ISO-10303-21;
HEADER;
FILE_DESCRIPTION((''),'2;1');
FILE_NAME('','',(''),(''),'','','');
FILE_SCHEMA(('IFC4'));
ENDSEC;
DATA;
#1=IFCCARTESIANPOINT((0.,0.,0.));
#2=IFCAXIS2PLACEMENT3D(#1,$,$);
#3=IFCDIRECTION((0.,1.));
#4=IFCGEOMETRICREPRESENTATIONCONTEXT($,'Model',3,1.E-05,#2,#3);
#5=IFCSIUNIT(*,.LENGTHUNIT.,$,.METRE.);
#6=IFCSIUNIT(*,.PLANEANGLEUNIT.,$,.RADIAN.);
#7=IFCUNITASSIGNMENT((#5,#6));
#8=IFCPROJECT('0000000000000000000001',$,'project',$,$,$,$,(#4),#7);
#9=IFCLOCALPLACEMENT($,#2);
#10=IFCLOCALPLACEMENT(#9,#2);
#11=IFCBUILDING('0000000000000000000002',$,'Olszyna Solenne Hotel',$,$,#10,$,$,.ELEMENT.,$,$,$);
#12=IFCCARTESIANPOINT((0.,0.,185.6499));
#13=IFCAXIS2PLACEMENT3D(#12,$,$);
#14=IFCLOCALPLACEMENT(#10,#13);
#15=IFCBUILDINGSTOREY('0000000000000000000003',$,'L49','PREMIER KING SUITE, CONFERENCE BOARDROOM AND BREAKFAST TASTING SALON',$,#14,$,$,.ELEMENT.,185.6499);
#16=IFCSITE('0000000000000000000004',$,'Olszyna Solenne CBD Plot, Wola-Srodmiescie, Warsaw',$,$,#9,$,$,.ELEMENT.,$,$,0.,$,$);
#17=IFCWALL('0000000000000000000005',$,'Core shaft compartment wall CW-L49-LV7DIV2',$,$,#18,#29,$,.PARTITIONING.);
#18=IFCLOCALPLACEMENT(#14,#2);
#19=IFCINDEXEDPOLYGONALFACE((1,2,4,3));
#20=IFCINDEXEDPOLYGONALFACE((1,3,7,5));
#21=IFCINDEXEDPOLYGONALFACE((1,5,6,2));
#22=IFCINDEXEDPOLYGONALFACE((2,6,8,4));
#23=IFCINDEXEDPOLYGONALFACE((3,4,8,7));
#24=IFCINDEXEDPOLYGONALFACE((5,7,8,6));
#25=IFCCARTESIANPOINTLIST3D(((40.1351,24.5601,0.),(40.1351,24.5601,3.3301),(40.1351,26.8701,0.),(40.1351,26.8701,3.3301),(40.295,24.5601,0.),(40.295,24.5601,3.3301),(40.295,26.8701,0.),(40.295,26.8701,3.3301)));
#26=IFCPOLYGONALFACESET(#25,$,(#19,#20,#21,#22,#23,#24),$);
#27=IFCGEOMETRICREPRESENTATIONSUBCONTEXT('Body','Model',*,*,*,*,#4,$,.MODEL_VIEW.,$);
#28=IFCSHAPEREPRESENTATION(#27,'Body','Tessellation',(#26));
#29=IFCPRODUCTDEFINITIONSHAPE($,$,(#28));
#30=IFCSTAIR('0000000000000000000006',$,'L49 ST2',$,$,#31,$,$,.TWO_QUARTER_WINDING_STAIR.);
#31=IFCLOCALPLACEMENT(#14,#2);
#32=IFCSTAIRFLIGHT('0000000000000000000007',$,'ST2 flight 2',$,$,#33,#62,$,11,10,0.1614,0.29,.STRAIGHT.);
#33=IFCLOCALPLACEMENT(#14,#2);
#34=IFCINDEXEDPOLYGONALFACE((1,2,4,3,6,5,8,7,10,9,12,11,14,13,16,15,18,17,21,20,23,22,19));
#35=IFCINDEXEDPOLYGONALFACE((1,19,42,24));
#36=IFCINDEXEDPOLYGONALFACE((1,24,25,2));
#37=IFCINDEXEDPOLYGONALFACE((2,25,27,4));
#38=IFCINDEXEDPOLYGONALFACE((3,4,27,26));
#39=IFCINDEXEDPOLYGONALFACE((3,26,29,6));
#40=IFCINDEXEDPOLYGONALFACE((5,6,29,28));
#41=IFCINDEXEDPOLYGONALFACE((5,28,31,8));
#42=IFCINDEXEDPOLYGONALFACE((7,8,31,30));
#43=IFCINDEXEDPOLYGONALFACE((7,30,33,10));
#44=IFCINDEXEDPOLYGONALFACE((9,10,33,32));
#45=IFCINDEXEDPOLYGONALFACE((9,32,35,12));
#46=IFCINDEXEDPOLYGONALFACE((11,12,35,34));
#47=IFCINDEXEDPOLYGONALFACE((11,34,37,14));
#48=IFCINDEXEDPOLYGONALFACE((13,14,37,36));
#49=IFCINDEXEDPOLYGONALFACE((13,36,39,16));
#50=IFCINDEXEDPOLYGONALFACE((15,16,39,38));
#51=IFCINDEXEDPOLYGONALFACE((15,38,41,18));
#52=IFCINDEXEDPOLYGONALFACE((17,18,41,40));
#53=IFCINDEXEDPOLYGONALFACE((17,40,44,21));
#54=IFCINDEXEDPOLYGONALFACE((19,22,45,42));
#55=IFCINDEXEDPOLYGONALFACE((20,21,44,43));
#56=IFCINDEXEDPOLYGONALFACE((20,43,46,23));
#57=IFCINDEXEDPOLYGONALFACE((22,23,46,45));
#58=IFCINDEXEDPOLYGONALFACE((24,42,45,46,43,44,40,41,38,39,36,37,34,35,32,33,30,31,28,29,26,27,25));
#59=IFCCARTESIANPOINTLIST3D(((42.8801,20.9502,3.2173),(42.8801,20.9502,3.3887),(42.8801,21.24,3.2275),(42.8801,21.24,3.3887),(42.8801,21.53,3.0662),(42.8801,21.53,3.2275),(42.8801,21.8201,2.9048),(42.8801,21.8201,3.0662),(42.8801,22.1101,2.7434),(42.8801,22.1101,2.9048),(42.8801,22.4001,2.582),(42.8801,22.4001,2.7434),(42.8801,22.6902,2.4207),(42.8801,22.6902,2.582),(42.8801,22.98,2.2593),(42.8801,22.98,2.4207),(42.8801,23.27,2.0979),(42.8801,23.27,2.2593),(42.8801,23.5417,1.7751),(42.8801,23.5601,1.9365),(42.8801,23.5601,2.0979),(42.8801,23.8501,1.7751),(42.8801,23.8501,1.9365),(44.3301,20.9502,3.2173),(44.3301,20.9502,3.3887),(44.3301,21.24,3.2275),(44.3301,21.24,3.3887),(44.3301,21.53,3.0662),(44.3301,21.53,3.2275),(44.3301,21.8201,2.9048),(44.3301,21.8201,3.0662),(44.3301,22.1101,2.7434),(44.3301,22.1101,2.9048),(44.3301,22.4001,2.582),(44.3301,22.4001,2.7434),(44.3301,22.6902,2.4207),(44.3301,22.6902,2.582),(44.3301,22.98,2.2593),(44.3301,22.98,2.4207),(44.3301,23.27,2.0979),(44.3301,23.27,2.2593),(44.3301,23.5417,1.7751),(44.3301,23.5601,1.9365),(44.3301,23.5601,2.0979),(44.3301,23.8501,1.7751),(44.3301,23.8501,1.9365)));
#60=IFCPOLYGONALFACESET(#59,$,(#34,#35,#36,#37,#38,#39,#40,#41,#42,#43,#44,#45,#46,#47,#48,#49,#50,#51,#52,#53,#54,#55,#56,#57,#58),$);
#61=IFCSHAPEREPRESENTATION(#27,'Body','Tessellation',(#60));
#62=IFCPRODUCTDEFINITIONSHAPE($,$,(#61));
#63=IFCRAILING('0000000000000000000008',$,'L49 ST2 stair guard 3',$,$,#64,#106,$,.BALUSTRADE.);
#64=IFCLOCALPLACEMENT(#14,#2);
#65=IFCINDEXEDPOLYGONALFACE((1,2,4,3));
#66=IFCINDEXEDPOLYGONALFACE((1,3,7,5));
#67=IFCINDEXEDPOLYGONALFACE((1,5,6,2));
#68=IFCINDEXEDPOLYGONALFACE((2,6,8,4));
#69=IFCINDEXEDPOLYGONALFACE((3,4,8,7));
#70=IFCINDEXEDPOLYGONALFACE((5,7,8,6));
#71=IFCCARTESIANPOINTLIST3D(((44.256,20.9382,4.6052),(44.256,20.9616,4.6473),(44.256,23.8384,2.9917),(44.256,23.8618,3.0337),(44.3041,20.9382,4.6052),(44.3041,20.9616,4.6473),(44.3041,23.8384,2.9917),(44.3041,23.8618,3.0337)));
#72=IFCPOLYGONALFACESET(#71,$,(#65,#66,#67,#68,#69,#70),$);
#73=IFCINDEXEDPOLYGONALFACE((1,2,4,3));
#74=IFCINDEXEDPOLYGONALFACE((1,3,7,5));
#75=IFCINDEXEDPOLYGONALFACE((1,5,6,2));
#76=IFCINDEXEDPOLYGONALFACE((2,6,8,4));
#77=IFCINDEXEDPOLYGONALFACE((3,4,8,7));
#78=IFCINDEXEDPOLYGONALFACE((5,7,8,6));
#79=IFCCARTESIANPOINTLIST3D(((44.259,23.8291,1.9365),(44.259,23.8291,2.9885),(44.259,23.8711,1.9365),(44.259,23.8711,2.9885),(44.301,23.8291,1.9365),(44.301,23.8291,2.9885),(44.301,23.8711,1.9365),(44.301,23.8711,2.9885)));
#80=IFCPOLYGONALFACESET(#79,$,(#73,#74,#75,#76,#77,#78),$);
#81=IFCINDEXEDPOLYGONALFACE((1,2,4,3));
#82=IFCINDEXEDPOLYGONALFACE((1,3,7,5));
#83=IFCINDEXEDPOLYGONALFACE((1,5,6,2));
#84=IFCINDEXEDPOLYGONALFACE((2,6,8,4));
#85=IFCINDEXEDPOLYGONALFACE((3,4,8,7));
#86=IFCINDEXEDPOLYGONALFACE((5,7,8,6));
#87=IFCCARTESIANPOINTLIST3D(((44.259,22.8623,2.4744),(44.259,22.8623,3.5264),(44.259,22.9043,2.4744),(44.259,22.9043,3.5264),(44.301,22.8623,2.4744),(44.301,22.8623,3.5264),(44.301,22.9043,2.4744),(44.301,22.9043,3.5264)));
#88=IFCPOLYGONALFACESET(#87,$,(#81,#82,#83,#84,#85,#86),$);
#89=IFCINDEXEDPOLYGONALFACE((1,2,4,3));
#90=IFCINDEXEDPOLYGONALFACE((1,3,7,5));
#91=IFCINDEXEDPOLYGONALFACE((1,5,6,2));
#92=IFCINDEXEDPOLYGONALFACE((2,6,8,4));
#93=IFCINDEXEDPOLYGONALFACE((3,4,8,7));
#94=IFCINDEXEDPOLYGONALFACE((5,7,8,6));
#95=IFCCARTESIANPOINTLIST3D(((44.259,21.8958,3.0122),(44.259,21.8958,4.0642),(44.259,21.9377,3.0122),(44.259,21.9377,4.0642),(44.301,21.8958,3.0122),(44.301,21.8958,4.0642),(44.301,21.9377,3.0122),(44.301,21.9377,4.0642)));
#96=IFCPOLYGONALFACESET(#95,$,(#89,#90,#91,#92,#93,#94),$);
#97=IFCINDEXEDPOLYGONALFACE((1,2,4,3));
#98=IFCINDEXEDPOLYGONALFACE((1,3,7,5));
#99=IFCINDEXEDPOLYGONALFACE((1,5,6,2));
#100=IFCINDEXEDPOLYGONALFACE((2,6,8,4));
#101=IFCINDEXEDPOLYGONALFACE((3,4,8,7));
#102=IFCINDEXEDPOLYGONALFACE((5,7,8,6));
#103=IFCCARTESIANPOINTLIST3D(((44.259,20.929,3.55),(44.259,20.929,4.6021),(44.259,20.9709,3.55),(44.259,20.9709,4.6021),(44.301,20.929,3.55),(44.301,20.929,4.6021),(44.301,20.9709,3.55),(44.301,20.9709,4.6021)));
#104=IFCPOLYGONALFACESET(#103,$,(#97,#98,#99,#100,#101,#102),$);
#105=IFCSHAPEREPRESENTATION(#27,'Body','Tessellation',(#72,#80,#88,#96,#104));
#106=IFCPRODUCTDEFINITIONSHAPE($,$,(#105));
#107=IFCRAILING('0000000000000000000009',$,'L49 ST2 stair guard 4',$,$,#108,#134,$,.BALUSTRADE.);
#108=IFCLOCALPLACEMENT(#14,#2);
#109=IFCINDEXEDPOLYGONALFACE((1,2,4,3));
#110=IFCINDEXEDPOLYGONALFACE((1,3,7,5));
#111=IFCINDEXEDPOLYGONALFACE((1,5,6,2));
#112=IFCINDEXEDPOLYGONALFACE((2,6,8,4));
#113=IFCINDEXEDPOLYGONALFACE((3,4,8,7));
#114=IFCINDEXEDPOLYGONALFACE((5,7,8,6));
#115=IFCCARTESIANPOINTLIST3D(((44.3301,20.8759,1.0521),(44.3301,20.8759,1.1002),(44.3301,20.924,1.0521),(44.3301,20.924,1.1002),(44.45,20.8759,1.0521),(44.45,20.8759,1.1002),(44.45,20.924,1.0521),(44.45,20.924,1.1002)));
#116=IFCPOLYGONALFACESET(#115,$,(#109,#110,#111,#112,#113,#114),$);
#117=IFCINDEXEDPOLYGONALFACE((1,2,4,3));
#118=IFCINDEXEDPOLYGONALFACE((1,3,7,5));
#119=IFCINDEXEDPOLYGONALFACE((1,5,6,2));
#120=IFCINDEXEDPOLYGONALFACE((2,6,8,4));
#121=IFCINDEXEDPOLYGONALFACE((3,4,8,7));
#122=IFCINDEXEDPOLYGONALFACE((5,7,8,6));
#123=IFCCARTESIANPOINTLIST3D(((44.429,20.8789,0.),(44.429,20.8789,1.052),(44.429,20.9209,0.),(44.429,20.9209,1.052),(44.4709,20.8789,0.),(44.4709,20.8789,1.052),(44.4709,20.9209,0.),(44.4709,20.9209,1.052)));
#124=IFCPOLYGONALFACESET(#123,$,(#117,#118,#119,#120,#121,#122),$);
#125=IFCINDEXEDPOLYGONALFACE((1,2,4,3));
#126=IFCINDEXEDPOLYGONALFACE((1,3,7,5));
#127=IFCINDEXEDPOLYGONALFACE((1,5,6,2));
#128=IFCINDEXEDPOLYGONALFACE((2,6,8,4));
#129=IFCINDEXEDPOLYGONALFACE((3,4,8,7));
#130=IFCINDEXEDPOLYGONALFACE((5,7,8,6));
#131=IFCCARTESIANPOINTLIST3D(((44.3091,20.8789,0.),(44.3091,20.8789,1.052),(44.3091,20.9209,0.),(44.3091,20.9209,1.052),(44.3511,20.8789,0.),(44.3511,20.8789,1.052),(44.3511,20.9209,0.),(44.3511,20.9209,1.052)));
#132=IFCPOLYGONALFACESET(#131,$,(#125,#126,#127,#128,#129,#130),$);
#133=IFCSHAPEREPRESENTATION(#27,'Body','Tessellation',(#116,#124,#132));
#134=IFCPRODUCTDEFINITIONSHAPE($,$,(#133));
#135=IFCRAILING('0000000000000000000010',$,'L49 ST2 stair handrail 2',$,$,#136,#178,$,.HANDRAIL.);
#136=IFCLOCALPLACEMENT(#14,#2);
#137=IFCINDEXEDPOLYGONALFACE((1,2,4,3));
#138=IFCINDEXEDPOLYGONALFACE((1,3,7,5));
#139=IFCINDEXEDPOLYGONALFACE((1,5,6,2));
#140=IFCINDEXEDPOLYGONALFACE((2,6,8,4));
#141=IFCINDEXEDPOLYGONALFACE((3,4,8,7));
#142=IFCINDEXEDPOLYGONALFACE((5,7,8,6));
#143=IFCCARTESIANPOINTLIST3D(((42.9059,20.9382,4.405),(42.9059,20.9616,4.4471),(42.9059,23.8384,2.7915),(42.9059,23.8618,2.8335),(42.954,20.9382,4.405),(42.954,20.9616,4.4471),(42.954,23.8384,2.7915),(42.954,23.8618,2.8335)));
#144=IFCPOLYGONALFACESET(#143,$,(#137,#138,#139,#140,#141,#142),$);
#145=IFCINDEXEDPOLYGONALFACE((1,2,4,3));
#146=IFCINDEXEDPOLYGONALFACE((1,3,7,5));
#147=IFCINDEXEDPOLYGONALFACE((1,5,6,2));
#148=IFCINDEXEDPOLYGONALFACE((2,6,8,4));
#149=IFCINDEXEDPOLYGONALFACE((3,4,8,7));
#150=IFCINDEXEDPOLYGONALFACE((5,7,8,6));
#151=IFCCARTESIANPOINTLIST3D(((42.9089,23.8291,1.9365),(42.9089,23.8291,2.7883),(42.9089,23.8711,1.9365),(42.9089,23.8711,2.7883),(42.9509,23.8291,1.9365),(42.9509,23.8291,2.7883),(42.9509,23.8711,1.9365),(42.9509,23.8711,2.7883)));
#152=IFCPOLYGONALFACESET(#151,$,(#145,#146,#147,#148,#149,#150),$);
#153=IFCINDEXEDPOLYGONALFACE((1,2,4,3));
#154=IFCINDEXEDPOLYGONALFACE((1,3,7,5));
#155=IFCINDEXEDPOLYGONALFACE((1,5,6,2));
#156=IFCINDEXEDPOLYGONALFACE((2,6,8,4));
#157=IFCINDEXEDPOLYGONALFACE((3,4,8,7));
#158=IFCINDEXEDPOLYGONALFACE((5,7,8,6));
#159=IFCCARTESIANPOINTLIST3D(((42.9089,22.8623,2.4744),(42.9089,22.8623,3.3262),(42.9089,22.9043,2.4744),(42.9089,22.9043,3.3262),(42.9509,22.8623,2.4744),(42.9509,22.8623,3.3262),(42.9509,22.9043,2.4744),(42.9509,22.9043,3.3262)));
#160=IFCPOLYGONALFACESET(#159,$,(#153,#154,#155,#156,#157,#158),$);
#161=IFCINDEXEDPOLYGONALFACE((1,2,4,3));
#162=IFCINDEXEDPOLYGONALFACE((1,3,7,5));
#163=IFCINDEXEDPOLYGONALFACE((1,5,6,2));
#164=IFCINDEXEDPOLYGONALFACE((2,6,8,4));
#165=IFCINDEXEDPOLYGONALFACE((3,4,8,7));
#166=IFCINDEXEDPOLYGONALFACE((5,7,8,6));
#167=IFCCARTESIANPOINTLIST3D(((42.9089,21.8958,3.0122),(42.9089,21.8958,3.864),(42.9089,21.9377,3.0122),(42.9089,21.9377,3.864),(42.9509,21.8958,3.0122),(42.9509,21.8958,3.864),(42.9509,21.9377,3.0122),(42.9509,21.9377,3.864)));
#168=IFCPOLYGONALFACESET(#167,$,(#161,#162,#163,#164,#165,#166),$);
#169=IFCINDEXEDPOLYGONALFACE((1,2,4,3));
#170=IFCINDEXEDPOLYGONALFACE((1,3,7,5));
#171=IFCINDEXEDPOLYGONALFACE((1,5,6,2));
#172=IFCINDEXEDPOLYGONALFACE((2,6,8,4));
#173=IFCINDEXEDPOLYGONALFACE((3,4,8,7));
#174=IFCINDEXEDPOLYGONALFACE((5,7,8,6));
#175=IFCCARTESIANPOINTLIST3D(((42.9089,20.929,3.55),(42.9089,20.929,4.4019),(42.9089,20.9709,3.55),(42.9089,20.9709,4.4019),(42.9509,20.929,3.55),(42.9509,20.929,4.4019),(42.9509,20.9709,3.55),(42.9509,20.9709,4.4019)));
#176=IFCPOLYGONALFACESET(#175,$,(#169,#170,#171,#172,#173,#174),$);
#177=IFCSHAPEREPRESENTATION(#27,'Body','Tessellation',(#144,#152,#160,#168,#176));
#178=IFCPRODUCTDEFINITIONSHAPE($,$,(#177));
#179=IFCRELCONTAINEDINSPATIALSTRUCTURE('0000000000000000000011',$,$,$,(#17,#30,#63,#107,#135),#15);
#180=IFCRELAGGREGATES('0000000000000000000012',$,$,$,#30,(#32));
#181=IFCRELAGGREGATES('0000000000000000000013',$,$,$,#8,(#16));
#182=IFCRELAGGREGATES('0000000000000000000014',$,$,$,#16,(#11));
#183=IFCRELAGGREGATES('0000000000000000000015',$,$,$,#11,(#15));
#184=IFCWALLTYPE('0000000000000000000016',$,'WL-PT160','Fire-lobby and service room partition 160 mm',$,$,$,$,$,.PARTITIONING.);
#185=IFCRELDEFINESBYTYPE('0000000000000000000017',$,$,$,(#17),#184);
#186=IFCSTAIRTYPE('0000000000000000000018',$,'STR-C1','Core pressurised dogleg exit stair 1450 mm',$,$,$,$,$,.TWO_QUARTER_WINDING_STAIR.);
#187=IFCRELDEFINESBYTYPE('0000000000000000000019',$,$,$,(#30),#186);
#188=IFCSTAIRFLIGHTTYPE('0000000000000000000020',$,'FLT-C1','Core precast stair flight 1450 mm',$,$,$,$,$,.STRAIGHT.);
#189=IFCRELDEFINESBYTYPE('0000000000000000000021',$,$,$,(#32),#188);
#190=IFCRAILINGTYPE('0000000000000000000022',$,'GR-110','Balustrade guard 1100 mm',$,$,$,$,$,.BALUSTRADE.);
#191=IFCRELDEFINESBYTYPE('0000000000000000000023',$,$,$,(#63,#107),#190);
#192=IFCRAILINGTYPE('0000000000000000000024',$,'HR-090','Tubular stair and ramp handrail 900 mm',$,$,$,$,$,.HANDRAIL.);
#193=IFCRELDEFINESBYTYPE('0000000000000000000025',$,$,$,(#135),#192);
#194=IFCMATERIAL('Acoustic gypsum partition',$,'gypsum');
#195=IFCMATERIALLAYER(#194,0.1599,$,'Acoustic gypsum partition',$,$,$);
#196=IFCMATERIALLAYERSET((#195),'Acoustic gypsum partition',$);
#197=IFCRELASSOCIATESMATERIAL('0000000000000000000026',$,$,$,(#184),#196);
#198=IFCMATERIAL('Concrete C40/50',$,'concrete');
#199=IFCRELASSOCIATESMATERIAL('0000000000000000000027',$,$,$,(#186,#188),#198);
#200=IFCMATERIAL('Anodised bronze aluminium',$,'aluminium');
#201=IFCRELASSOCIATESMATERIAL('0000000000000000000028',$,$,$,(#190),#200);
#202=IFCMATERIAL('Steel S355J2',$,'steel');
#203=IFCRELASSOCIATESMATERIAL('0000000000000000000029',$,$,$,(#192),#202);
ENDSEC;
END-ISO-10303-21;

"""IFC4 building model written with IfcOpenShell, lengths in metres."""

from ifc_helpers import new_model, si_unit, direction, frame, frame_2d, origin, origin_2d, place, context, subcontext, project, spatial, polyline, rectangle, outline, extrude, material, layer, layer_set, type_object, element, aggregate, save


model = new_model("IFC4")

# Units and contexts
model_context = context("Model", 3, precision=1e-05, world=origin(), true_north=direction((0.0, 1.0)))
body_context = subcontext(model_context, "Body", "Model", "MODEL_VIEW")
ifc_project = project(units=[si_unit("LENGTHUNIT", "METRE"), si_unit("PLANEANGLEUNIT", "RADIAN")], contexts=[model_context])

# Site, building, storey
site_placement = place(None, origin())
site = spatial("IfcSite", under=ifc_project, at=site_placement, Name="Olszyna Solenne CBD Plot, Wola-Srodmiescie, Warsaw", CompositionType="ELEMENT", RefElevation=0.0)
building_placement = place(site_placement, origin())
building = spatial("IfcBuilding", under=site, at=building_placement, Name="Olszyna Solenne Hotel", CompositionType="ELEMENT")
storey_placement = place(building_placement, frame((0.0, 0.0, 185.6499)))
storey = spatial("IfcBuildingStorey", under=building, at=storey_placement, Name="L49", Description="PREMIER KING SUITE, CONFERENCE BOARDROOM AND BREAKFAST TASTING SALON", CompositionType="ELEMENT", Elevation=185.6499)

# Shared definitions
ifc_material_1 = material(Name="Acoustic gypsum partition", Category="gypsum")

# Shared definitions
ifc_layer_1 = layer(ifc_material_1, 0.1599, Name="Acoustic gypsum partition")
ifc_layer_set_1 = layer_set([ifc_layer_1], Name="Acoustic gypsum partition")
wall_type_1 = type_object("IfcWallType", Name="WL-PT160", Description="Fire-lobby and service room partition 160 mm", PredefinedType="PARTITIONING", material=ifc_layer_set_1)

# Shared definitions
ifc_material_2 = material(Name="Steel S355J2", Category="steel")

# Wall
for number, where, z_axis, x_axis, name in (
    (1, (40.2151, 24.5601, 0.0), (0.0, 0.0, 1.0), (0.0, 1.0, 0.0), "Core shaft compartment wall CW-L49-LV7DIV2"),
):
    element("IfcWall", number, at=place(storey_placement, frame(where, z_axis=z_axis, x_axis=x_axis)), inside=storey, type_object=wall_type_1, Name=name, PredefinedType="PARTITIONING", context=body_context, shape_type="SweptSolid", body=[
        extrude(rectangle(XDim=2.3101, YDim=0.1599, at=frame_2d((1.155, 0.0))), origin(), (0.0, 0.0, 1.0), 3.3301),
    ])

# Stair, stair flight
ifc_material_3 = material(Name="Concrete C40/50", Category="concrete")
stair_type = type_object("IfcStairType", Name="STR-C1", Description="Core pressurised dogleg exit stair 1450 mm", PredefinedType="TWO_QUARTER_WINDING_STAIR", material=ifc_material_3)
stair_placement = place(storey_placement, origin())
stair = element("IfcStair", 2, at=stair_placement, inside=storey, type_object=stair_type, Name="L49 ST2", PredefinedType="TWO_QUARTER_WINDING_STAIR")
stair_flight_type = type_object("IfcStairFlightType", Name="FLT-C1", Description="Core precast stair flight 1450 mm", PredefinedType="STRAIGHT", material=ifc_material_3)
stair_flight_placement = place(storey_placement, frame((43.605, 23.8501, 1.7751), z_axis=(0.0, 0.0, 1.0), x_axis=(0.0, -1.0, 0.0)))
stair_flight = element("IfcStairFlight", 3, at=stair_flight_placement, type_object=stair_flight_type, Name="ST2 flight 2", NumberOfRisers=11, NumberOfTreads=10, PredefinedType="STRAIGHT", RiserHeight=0.1614, TreadLength=0.29, context=body_context, shape_type="SweptSolid", body=[
    extrude(outline(polyline([(0.0, 0.0), (0.0, 0.1614), (0.29, 0.1614), (0.29, 0.3228), (0.5801, 0.3228), (0.5801, 0.4841), (0.8701, 0.4841), (0.8701, 0.6455), (1.1599, 0.6455), (1.1599, 0.8069), (1.45, 0.8069), (1.45, 0.9683), (1.74, 0.9683), (1.74, 1.1296), (2.03, 1.1296), (2.03, 1.291), (2.3201, 1.291), (2.3201, 1.4524), (2.6101, 1.4524), (2.6101, 1.6135), (2.8999, 1.6135), (2.8999, 1.7749), (2.8999, 1.4421), (0.3083, 0.0), (0.0, 0.0)])), frame((0.0, 0.7251, 0.0), z_axis=(0.0, -1.0, 0.0), x_axis=(1.0, 0.0, 0.0)), (0.0, 0.0, 1.0), 1.45),
])
aggregate(stair, [stair_flight])

# Railings
ifc_material_4 = material(Name="Anodised bronze aluminium", Category="aluminium")
railing_type_1 = type_object("IfcRailingType", Name="GR-110", Description="Balustrade guard 1100 mm", PredefinedType="BALUSTRADE", material=ifc_material_4)
railing_1_placement = place(storey_placement, frame((44.28, 23.8501, 1.9365)))
element("IfcRailing", 4, at=railing_1_placement, inside=storey, type_object=railing_type_1, Name="L49 ST2 stair guard 3", PredefinedType="BALUSTRADE", context=body_context, shape_type="SweptSolid", body=[
    extrude(rectangle(XDim=0.0481, YDim=0.0481, at=origin_2d()), frame((0.0, 0.0, 1.0762), z_axis=(0.0, -0.873859, 0.48618), x_axis=(1.0, 0.0, 0.0)), (0.0, 0.0, 1.0), 3.3188),
    extrude(rectangle(XDim=0.042, YDim=0.042, at=origin_2d()), origin(), (0.0, 0.0, 1.0), 1.052),
    extrude(rectangle(XDim=0.042, YDim=0.042, at=origin_2d()), frame((0.0, -0.9668, 0.5378)), (0.0, 0.0, 1.0), 1.052),
    extrude(rectangle(XDim=0.042, YDim=0.042, at=origin_2d()), frame((0.0, -1.9333, 1.0757)), (0.0, 0.0, 1.0), 1.052),
    extrude(rectangle(XDim=0.042, YDim=0.042, at=origin_2d()), frame((0.0, -2.9001, 1.6135)), (0.0, 0.0, 1.0), 1.052),
])
railing_2_placement = place(storey_placement, frame((44.45, 20.8999, 0.0)))
element("IfcRailing", 5, at=railing_2_placement, inside=storey, type_object=railing_type_1, Name="L49 ST2 stair guard 4", PredefinedType="BALUSTRADE", context=body_context, shape_type="SweptSolid", body=[
    extrude(rectangle(XDim=0.0481, YDim=0.0481, at=origin_2d()), frame((0.0, 0.0, 1.0762), z_axis=(-1.0, 0.0, 0.0), x_axis=(0.0, -1.0, 0.0)), (0.0, 0.0, 1.0), 0.1199),
    extrude(rectangle(XDim=0.042, YDim=0.042, at=origin_2d()), origin(), (0.0, 0.0, 1.0), 1.052),
    extrude(rectangle(XDim=0.042, YDim=0.042, at=origin_2d()), frame((-0.1199, 0.0, 0.0)), (0.0, 0.0, 1.0), 1.052),
])
railing_type_2 = type_object("IfcRailingType", Name="HR-090", Description="Tubular stair and ramp handrail 900 mm", PredefinedType="HANDRAIL", material=ifc_material_2)
railing_3_placement = place(storey_placement, frame((42.9299, 23.8501, 1.9365)))
element("IfcRailing", 6, at=railing_3_placement, inside=storey, type_object=railing_type_2, Name="L49 ST2 stair handrail 2", PredefinedType="HANDRAIL", context=body_context, shape_type="SweptSolid", body=[
    extrude(rectangle(XDim=0.0481, YDim=0.0481, at=origin_2d()), frame((0.0, 0.0, 0.876), z_axis=(0.0, -0.873859, 0.48618), x_axis=(1.0, 0.0, 0.0)), (0.0, 0.0, 1.0), 3.3188),
    extrude(rectangle(XDim=0.042, YDim=0.042, at=origin_2d()), origin(), (0.0, 0.0, 1.0), 0.8518),
    extrude(rectangle(XDim=0.042, YDim=0.042, at=origin_2d()), frame((0.0, -0.9668, 0.5378)), (0.0, 0.0, 1.0), 0.8518),
    extrude(rectangle(XDim=0.042, YDim=0.042, at=origin_2d()), frame((0.0, -1.9333, 1.0757)), (0.0, 0.0, 1.0), 0.8518),
    extrude(rectangle(XDim=0.042, YDim=0.042, at=origin_2d()), frame((0.0, -2.9001, 1.6135)), (0.0, 0.0, 1.0), 0.8518),
])

save(model, "model.ifc")
